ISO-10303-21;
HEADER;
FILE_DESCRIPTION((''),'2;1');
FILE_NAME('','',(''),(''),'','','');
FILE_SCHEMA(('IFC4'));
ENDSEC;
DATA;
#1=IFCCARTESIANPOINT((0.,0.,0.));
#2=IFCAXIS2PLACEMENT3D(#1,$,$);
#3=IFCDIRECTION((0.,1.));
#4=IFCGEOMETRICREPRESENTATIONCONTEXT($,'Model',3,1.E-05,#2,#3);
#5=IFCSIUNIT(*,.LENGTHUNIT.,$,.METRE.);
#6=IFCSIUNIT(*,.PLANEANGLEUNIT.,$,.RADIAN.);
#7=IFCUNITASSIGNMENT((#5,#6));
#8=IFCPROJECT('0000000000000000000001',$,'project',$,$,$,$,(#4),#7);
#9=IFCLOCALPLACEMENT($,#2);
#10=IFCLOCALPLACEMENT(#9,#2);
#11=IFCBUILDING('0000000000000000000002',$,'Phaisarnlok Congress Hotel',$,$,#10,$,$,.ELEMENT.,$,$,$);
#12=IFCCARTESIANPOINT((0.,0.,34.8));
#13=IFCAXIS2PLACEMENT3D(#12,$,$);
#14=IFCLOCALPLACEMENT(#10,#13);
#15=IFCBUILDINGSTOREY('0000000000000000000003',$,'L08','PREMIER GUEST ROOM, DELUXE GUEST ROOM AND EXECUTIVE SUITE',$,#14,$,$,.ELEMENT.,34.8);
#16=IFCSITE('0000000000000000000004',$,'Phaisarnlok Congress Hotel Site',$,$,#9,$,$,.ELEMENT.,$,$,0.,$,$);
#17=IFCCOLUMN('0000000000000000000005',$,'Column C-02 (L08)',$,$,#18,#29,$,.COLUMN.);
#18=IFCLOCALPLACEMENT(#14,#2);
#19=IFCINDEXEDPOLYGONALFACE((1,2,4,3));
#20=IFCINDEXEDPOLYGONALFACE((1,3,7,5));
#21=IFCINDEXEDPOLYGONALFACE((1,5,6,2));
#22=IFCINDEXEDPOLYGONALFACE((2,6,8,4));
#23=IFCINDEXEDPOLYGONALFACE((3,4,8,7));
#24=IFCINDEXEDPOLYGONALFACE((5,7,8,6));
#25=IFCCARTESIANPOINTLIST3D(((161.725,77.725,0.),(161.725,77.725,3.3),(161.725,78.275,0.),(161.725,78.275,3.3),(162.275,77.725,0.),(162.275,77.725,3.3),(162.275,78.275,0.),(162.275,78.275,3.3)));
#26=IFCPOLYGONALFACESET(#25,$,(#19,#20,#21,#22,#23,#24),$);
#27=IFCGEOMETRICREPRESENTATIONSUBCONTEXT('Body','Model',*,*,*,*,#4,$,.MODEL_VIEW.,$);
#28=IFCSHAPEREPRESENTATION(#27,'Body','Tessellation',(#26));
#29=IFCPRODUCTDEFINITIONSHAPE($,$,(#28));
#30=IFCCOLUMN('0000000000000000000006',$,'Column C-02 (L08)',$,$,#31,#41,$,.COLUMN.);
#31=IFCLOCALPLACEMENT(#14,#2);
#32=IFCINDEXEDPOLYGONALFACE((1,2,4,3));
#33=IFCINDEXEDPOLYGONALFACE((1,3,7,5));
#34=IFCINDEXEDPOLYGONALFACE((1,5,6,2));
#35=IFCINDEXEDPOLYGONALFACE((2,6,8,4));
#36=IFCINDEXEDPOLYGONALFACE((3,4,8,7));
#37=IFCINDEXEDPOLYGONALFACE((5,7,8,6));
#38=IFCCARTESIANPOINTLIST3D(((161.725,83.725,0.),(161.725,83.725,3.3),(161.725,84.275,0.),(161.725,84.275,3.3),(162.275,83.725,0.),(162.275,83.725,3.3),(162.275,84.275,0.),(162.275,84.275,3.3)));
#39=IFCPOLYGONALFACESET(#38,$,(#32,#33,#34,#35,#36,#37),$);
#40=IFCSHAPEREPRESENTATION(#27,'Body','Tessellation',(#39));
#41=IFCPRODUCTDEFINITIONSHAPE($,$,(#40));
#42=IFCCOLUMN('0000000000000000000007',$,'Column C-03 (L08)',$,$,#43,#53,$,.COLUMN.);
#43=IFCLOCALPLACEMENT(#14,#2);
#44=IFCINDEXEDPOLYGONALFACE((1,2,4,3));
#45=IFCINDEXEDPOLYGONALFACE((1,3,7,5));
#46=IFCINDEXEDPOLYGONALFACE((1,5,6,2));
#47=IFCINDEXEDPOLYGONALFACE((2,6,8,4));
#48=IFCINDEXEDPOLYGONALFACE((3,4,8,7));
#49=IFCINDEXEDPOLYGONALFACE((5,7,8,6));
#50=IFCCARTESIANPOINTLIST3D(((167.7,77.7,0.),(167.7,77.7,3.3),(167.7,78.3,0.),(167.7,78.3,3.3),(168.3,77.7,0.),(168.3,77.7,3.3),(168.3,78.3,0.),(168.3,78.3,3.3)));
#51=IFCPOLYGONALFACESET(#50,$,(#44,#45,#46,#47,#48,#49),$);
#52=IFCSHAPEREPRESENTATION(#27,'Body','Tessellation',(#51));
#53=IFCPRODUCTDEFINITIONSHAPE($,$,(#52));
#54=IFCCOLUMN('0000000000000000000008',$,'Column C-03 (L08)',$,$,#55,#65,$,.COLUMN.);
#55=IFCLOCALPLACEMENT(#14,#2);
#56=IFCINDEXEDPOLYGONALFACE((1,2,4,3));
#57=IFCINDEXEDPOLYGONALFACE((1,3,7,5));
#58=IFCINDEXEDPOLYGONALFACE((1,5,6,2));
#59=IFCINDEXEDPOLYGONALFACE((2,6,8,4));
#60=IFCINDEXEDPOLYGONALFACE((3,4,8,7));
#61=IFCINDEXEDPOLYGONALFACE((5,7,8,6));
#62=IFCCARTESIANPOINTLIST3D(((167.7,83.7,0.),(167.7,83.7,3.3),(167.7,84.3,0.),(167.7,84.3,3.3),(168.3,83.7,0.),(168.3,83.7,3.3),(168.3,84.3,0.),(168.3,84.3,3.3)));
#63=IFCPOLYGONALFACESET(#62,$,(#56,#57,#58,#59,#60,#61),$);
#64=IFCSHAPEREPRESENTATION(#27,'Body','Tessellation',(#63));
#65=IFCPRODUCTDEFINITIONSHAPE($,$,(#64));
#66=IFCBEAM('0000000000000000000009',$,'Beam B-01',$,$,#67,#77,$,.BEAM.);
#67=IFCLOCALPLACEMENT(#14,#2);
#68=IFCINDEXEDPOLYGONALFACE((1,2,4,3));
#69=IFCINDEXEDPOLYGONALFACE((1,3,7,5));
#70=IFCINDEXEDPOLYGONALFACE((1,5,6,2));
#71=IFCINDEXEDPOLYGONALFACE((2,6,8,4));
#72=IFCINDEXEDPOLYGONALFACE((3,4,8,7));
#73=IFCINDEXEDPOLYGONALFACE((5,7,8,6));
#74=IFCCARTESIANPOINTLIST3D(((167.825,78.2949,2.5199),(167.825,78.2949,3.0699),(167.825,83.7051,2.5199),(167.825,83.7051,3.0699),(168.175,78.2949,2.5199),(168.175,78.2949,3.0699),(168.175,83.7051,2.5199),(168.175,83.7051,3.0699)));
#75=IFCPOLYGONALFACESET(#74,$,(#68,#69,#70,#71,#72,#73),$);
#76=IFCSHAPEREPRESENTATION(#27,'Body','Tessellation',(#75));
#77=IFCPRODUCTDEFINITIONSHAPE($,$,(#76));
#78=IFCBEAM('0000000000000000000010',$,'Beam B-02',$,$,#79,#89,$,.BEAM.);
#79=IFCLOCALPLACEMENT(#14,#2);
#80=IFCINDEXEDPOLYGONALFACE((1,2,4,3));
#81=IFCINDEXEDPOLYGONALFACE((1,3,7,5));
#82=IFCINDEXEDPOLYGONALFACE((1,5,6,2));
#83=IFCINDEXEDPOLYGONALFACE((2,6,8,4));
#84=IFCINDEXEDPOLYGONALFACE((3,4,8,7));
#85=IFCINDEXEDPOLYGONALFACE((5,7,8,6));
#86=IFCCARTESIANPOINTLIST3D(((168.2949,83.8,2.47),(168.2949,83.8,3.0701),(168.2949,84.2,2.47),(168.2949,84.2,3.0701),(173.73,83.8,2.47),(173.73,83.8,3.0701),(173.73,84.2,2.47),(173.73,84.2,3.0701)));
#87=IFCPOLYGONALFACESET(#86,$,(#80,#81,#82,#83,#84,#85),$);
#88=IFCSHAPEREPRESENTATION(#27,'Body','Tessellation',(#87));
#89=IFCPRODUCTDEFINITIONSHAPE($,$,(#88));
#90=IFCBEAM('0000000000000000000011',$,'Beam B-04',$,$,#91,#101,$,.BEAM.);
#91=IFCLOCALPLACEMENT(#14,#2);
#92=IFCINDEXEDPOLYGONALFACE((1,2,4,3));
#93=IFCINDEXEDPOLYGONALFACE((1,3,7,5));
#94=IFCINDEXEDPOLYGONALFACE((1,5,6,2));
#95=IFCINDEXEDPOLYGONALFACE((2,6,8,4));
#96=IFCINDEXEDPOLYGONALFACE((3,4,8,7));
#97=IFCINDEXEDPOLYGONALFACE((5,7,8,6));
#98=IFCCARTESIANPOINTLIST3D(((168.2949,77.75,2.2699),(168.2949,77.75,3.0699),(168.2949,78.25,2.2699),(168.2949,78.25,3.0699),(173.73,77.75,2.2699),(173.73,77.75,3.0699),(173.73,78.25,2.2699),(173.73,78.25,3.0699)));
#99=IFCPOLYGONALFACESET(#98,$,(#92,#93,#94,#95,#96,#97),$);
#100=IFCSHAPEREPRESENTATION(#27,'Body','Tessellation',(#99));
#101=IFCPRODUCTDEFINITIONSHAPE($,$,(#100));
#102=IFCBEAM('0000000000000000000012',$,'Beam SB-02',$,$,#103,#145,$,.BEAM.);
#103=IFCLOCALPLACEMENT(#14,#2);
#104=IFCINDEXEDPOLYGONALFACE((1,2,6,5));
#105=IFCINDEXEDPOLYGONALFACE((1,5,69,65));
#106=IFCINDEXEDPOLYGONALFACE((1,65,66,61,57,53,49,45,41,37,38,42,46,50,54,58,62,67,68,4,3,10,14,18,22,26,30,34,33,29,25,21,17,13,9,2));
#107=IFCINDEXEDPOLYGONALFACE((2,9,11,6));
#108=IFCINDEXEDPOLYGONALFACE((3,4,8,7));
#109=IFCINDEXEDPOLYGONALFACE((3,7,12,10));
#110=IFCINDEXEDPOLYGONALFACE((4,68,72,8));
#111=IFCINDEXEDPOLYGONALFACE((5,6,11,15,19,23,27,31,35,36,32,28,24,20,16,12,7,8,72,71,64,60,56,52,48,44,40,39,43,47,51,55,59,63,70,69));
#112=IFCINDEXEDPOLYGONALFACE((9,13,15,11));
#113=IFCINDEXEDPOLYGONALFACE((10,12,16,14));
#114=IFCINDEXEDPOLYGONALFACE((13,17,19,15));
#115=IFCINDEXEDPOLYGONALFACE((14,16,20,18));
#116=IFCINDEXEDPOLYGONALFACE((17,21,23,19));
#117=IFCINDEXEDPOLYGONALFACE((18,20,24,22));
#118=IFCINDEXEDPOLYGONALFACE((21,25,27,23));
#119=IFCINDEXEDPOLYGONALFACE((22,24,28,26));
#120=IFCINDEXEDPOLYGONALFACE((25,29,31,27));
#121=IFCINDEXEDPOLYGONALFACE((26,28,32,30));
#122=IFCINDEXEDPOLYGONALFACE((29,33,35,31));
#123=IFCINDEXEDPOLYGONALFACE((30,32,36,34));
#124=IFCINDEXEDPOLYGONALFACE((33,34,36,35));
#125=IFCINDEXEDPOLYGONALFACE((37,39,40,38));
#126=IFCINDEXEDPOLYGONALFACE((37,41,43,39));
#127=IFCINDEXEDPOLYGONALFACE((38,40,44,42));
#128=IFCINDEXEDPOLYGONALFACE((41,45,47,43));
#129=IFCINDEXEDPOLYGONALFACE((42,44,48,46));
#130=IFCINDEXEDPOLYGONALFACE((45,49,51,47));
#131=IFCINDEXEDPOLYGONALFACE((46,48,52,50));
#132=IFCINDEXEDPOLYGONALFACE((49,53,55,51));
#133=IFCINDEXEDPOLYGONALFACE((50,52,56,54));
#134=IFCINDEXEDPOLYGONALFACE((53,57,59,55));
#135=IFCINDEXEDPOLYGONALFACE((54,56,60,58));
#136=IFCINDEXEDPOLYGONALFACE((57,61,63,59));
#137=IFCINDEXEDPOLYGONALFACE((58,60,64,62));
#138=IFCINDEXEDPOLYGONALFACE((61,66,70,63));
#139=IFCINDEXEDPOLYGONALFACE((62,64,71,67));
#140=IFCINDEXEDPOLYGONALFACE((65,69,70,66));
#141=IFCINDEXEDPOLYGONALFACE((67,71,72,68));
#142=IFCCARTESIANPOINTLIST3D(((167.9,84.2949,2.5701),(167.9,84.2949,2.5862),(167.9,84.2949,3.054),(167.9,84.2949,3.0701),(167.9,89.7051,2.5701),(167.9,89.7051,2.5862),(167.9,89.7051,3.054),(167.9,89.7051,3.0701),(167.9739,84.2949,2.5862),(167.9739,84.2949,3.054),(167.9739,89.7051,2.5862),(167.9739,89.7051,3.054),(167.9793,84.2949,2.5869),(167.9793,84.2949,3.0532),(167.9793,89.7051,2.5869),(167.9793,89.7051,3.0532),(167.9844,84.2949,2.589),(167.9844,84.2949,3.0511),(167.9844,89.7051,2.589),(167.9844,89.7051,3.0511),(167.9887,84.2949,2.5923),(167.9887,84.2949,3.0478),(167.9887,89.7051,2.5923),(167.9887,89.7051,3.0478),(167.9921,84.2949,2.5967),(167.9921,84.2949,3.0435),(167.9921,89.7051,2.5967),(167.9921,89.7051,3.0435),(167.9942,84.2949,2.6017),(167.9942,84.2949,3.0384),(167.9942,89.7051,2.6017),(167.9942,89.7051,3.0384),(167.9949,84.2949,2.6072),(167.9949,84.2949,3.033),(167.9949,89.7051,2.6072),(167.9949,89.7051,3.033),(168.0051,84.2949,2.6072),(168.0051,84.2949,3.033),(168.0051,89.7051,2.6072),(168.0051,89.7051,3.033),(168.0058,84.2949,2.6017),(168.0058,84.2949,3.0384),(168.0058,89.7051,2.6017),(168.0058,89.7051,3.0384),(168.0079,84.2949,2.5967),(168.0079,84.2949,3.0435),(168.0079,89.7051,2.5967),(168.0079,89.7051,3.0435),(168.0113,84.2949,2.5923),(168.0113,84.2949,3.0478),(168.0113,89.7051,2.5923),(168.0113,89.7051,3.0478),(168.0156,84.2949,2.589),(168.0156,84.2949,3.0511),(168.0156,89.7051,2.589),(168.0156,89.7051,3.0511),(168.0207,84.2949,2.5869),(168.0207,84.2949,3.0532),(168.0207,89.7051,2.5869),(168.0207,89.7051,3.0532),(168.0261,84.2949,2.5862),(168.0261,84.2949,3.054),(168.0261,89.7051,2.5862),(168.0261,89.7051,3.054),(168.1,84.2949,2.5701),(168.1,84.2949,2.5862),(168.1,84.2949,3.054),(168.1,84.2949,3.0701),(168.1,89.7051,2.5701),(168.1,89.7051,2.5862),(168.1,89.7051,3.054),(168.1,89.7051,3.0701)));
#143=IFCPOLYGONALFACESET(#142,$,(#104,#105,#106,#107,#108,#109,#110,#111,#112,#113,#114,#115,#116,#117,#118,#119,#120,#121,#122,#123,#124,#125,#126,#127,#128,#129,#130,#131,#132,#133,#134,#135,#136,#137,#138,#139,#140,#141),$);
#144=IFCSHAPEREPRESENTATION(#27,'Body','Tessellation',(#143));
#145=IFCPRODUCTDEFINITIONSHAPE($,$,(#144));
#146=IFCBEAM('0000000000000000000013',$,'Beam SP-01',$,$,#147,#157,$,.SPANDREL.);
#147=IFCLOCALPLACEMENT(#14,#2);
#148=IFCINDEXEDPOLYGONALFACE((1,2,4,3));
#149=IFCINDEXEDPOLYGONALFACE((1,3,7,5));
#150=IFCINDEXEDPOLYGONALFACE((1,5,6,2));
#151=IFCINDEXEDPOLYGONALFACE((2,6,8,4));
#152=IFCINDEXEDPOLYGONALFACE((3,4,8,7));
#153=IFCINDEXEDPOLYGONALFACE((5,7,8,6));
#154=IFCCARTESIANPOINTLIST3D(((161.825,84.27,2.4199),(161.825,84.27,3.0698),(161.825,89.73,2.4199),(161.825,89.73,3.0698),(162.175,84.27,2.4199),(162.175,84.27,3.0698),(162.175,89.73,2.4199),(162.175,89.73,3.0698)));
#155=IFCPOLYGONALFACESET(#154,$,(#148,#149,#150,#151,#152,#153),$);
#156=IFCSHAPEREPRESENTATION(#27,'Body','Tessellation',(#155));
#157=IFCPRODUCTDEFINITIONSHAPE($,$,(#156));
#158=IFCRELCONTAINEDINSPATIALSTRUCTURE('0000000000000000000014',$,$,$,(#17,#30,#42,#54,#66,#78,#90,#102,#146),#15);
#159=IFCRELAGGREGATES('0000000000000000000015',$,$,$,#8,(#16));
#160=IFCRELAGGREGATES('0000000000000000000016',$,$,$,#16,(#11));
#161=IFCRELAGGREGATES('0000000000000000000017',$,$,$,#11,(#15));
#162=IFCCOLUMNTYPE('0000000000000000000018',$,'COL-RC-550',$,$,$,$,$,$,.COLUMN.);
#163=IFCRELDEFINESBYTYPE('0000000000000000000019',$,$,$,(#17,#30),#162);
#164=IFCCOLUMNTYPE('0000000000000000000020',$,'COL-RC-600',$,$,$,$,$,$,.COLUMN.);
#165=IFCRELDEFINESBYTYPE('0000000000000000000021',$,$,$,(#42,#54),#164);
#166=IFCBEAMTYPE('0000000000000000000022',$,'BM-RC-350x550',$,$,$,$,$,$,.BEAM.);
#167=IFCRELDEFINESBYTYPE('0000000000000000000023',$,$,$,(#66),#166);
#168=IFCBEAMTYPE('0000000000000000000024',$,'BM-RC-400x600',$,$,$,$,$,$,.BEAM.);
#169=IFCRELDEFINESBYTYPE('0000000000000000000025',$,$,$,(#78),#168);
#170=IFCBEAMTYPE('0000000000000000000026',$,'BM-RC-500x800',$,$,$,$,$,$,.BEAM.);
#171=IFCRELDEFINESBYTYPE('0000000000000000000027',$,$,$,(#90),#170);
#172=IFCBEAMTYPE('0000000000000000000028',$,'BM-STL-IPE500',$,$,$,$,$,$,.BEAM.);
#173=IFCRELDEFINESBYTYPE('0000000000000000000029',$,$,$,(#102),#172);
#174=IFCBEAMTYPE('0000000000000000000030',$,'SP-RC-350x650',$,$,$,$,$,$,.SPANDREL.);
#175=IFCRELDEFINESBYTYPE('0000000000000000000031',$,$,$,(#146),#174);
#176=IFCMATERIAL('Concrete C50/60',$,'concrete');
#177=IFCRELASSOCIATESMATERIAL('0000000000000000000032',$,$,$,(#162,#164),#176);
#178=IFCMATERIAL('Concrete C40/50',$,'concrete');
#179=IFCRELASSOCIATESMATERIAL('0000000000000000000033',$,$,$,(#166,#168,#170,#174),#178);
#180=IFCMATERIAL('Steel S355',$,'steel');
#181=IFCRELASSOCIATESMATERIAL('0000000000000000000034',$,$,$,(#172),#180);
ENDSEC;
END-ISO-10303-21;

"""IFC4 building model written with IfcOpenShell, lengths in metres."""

from ifc_helpers import new_model, si_unit, direction, frame, origin, origin_2d, place, context, subcontext, project, spatial, rectangle, i_section, extrude, material, material_profile, profile_set, type_object, element, save


model = new_model("IFC4")

# Units and contexts
model_context = context("Model", 3, precision=1e-05, world=origin(), true_north=direction((0.0, 1.0)))
body_context = subcontext(model_context, "Body", "Model", "MODEL_VIEW")
ifc_project = project(units=[si_unit("LENGTHUNIT", "METRE"), si_unit("PLANEANGLEUNIT", "RADIAN")], contexts=[model_context])

# Site, building, storey
site_placement = place(None, origin())
site = spatial("IfcSite", under=ifc_project, at=site_placement, Name="Phaisarnlok Congress Hotel Site", CompositionType="ELEMENT", RefElevation=0.0)
building_placement = place(site_placement, origin())
building = spatial("IfcBuilding", under=site, at=building_placement, Name="Phaisarnlok Congress Hotel", CompositionType="ELEMENT")
storey_placement = place(building_placement, frame((0.0, 0.0, 34.8)))
storey = spatial("IfcBuildingStorey", under=building, at=storey_placement, Name="L08", Description="PREMIER GUEST ROOM, DELUXE GUEST ROOM AND EXECUTIVE SUITE", CompositionType="ELEMENT", Elevation=34.8)

# Columns
ifc_material_1 = material(Name="Concrete C50/60", Category="concrete")
ifc_material_profile_1 = material_profile(ifc_material_1, rectangle(XDim=0.55, YDim=0.55, at=origin_2d()), Name="RC 550x550")
ifc_profile_set_1 = profile_set([ifc_material_profile_1], Name="Concrete C50/60")
column_type_1 = type_object("IfcColumnType", Name="COL-RC-550", PredefinedType="COLUMN", material=ifc_profile_set_1)
for number, where, z_axis, x_axis, name in (
    (1, (162.0, 78.0, 0.0), (0.0, 0.0, 1.0), (1.0, 0.0, 0.0), "Column C-02 (L08)"),
    (2, (162.0, 84.0, 0.0), (0.0, 0.0, 1.0), (1.0, 0.0, 0.0), "Column C-02 (L08)"),
):
    element("IfcColumn", number, at=place(storey_placement, frame(where, z_axis=z_axis, x_axis=x_axis)), inside=storey, type_object=column_type_1, Name=name, PredefinedType="COLUMN", context=body_context, shape_type="SweptSolid", body=[
        extrude(rectangle(XDim=0.55, YDim=0.55, at=origin_2d()), origin(), (0.0, 0.0, 1.0), 3.3),
    ])
ifc_material_profile_2 = material_profile(ifc_material_1, rectangle(XDim=0.6001, YDim=0.6001, at=origin_2d()), Name="RC 600x600")
ifc_profile_set_2 = profile_set([ifc_material_profile_2], Name="Concrete C50/60")
column_type_2 = type_object("IfcColumnType", Name="COL-RC-600", PredefinedType="COLUMN", material=ifc_profile_set_2)
for number, where, z_axis, x_axis, name in (
    (3, (168.0, 78.0, 0.0), (0.0, 0.0, 1.0), (1.0, 0.0, 0.0), "Column C-03 (L08)"),
    (4, (168.0, 84.0, 0.0), (0.0, 0.0, 1.0), (1.0, 0.0, 0.0), "Column C-03 (L08)"),
):
    element("IfcColumn", number, at=place(storey_placement, frame(where, z_axis=z_axis, x_axis=x_axis)), inside=storey, type_object=column_type_2, Name=name, PredefinedType="COLUMN", context=body_context, shape_type="SweptSolid", body=[
        extrude(rectangle(XDim=0.6001, YDim=0.6001, at=origin_2d()), origin(), (0.0, 0.0, 1.0), 3.3),
    ])

# Beams
ifc_material_2 = material(Name="Concrete C40/50", Category="concrete")
ifc_material_profile_3 = material_profile(ifc_material_2, rectangle(XDim=0.3501, YDim=0.55, at=origin_2d()), Name="RC 350x550")
ifc_profile_set_3 = profile_set([ifc_material_profile_3], Name="Concrete C40/50")
beam_type_1 = type_object("IfcBeamType", Name="BM-RC-350x550", PredefinedType="BEAM", material=ifc_profile_set_3)
beam_1_placement = place(storey_placement, frame((168.0, 78.2949, 2.7949), z_axis=(0.0, 1.0, 0.0), x_axis=(-1.0, 0.0, 0.0)))
element("IfcBeam", 5, at=beam_1_placement, inside=storey, type_object=beam_type_1, Name="Beam B-01", PredefinedType="BEAM", context=body_context, shape_type="SweptSolid", body=[
    extrude(rectangle(XDim=0.3501, YDim=0.55, at=origin_2d()), origin(), (0.0, 0.0, 1.0), 5.4102),
])
ifc_material_profile_4 = material_profile(ifc_material_2, rectangle(XDim=0.3999, YDim=0.6001, at=origin_2d()), Name="RC 400x600")
ifc_profile_set_4 = profile_set([ifc_material_profile_4], Name="Concrete C40/50")
beam_type_2 = type_object("IfcBeamType", Name="BM-RC-400x600", PredefinedType="BEAM", material=ifc_profile_set_4)
beam_2_placement = place(storey_placement, frame((168.2949, 84.0, 2.77), z_axis=(1.0, 0.0, 0.0), x_axis=(0.0, 1.0, 0.0)))
element("IfcBeam", 6, at=beam_2_placement, inside=storey, type_object=beam_type_2, Name="Beam B-02", PredefinedType="BEAM", context=body_context, shape_type="SweptSolid", body=[
    extrude(rectangle(XDim=0.3999, YDim=0.6001, at=origin_2d()), origin(), (0.0, 0.0, 1.0), 5.4351),
])
ifc_material_profile_5 = material_profile(ifc_material_2, rectangle(XDim=0.5, YDim=0.8, at=origin_2d()), Name="RC 500x800")
ifc_profile_set_5 = profile_set([ifc_material_profile_5], Name="Concrete C40/50")
beam_type_3 = type_object("IfcBeamType", Name="BM-RC-500x800", PredefinedType="BEAM", material=ifc_profile_set_5)
beam_3_placement = place(storey_placement, frame((168.2949, 78.0, 2.6699), z_axis=(1.0, 0.0, 0.0), x_axis=(0.0, 1.0, 0.0)))
element("IfcBeam", 7, at=beam_3_placement, inside=storey, type_object=beam_type_3, Name="Beam B-04", PredefinedType="BEAM", context=body_context, shape_type="SweptSolid", body=[
    extrude(rectangle(XDim=0.5, YDim=0.8, at=origin_2d()), origin(), (0.0, 0.0, 1.0), 5.4351),
])
ifc_material_3 = material(Name="Steel S355", Category="steel")
ifc_material_profile_6 = material_profile(ifc_material_3, i_section(OverallWidth=0.2, OverallDepth=0.5, WebThickness=0.0103, FlangeThickness=0.0161, FilletRadius=0.021, at=origin_2d()), Name="IPE 500")
ifc_profile_set_6 = profile_set([ifc_material_profile_6], Name="Steel S355")
beam_type_4 = type_object("IfcBeamType", Name="BM-STL-IPE500", PredefinedType="BEAM", material=ifc_profile_set_6)
beam_4_placement = place(storey_placement, frame((168.0, 84.2949, 2.8201), z_axis=(0.0, 1.0, 0.0), x_axis=(-1.0, 0.0, 0.0)))
element("IfcBeam", 8, at=beam_4_placement, inside=storey, type_object=beam_type_4, Name="Beam SB-02", PredefinedType="BEAM", context=body_context, shape_type="SweptSolid", body=[
    extrude(i_section(OverallWidth=0.2, OverallDepth=0.5, WebThickness=0.0103, FlangeThickness=0.0161, FilletRadius=0.021, at=origin_2d()), origin(), (0.0, 0.0, 1.0), 5.4102),
])
ifc_material_profile_7 = material_profile(ifc_material_2, rectangle(XDim=0.3501, YDim=0.6499, at=origin_2d()), Name="RC 350x650")
ifc_profile_set_7 = profile_set([ifc_material_profile_7], Name="Concrete C40/50")
beam_type_5 = type_object("IfcBeamType", Name="SP-RC-350x650", PredefinedType="SPANDREL", material=ifc_profile_set_7)
beam_5_placement = place(storey_placement, frame((162.0, 84.27, 2.7449), z_axis=(0.0, 1.0, 0.0), x_axis=(-1.0, 0.0, 0.0)))
element("IfcBeam", 9, at=beam_5_placement, inside=storey, type_object=beam_type_5, Name="Beam SP-01", PredefinedType="SPANDREL", context=body_context, shape_type="SweptSolid", body=[
    extrude(rectangle(XDim=0.3501, YDim=0.6499, at=origin_2d()), origin(), (0.0, 0.0, 1.0), 5.46),
])

save(model, "model.ifc")
